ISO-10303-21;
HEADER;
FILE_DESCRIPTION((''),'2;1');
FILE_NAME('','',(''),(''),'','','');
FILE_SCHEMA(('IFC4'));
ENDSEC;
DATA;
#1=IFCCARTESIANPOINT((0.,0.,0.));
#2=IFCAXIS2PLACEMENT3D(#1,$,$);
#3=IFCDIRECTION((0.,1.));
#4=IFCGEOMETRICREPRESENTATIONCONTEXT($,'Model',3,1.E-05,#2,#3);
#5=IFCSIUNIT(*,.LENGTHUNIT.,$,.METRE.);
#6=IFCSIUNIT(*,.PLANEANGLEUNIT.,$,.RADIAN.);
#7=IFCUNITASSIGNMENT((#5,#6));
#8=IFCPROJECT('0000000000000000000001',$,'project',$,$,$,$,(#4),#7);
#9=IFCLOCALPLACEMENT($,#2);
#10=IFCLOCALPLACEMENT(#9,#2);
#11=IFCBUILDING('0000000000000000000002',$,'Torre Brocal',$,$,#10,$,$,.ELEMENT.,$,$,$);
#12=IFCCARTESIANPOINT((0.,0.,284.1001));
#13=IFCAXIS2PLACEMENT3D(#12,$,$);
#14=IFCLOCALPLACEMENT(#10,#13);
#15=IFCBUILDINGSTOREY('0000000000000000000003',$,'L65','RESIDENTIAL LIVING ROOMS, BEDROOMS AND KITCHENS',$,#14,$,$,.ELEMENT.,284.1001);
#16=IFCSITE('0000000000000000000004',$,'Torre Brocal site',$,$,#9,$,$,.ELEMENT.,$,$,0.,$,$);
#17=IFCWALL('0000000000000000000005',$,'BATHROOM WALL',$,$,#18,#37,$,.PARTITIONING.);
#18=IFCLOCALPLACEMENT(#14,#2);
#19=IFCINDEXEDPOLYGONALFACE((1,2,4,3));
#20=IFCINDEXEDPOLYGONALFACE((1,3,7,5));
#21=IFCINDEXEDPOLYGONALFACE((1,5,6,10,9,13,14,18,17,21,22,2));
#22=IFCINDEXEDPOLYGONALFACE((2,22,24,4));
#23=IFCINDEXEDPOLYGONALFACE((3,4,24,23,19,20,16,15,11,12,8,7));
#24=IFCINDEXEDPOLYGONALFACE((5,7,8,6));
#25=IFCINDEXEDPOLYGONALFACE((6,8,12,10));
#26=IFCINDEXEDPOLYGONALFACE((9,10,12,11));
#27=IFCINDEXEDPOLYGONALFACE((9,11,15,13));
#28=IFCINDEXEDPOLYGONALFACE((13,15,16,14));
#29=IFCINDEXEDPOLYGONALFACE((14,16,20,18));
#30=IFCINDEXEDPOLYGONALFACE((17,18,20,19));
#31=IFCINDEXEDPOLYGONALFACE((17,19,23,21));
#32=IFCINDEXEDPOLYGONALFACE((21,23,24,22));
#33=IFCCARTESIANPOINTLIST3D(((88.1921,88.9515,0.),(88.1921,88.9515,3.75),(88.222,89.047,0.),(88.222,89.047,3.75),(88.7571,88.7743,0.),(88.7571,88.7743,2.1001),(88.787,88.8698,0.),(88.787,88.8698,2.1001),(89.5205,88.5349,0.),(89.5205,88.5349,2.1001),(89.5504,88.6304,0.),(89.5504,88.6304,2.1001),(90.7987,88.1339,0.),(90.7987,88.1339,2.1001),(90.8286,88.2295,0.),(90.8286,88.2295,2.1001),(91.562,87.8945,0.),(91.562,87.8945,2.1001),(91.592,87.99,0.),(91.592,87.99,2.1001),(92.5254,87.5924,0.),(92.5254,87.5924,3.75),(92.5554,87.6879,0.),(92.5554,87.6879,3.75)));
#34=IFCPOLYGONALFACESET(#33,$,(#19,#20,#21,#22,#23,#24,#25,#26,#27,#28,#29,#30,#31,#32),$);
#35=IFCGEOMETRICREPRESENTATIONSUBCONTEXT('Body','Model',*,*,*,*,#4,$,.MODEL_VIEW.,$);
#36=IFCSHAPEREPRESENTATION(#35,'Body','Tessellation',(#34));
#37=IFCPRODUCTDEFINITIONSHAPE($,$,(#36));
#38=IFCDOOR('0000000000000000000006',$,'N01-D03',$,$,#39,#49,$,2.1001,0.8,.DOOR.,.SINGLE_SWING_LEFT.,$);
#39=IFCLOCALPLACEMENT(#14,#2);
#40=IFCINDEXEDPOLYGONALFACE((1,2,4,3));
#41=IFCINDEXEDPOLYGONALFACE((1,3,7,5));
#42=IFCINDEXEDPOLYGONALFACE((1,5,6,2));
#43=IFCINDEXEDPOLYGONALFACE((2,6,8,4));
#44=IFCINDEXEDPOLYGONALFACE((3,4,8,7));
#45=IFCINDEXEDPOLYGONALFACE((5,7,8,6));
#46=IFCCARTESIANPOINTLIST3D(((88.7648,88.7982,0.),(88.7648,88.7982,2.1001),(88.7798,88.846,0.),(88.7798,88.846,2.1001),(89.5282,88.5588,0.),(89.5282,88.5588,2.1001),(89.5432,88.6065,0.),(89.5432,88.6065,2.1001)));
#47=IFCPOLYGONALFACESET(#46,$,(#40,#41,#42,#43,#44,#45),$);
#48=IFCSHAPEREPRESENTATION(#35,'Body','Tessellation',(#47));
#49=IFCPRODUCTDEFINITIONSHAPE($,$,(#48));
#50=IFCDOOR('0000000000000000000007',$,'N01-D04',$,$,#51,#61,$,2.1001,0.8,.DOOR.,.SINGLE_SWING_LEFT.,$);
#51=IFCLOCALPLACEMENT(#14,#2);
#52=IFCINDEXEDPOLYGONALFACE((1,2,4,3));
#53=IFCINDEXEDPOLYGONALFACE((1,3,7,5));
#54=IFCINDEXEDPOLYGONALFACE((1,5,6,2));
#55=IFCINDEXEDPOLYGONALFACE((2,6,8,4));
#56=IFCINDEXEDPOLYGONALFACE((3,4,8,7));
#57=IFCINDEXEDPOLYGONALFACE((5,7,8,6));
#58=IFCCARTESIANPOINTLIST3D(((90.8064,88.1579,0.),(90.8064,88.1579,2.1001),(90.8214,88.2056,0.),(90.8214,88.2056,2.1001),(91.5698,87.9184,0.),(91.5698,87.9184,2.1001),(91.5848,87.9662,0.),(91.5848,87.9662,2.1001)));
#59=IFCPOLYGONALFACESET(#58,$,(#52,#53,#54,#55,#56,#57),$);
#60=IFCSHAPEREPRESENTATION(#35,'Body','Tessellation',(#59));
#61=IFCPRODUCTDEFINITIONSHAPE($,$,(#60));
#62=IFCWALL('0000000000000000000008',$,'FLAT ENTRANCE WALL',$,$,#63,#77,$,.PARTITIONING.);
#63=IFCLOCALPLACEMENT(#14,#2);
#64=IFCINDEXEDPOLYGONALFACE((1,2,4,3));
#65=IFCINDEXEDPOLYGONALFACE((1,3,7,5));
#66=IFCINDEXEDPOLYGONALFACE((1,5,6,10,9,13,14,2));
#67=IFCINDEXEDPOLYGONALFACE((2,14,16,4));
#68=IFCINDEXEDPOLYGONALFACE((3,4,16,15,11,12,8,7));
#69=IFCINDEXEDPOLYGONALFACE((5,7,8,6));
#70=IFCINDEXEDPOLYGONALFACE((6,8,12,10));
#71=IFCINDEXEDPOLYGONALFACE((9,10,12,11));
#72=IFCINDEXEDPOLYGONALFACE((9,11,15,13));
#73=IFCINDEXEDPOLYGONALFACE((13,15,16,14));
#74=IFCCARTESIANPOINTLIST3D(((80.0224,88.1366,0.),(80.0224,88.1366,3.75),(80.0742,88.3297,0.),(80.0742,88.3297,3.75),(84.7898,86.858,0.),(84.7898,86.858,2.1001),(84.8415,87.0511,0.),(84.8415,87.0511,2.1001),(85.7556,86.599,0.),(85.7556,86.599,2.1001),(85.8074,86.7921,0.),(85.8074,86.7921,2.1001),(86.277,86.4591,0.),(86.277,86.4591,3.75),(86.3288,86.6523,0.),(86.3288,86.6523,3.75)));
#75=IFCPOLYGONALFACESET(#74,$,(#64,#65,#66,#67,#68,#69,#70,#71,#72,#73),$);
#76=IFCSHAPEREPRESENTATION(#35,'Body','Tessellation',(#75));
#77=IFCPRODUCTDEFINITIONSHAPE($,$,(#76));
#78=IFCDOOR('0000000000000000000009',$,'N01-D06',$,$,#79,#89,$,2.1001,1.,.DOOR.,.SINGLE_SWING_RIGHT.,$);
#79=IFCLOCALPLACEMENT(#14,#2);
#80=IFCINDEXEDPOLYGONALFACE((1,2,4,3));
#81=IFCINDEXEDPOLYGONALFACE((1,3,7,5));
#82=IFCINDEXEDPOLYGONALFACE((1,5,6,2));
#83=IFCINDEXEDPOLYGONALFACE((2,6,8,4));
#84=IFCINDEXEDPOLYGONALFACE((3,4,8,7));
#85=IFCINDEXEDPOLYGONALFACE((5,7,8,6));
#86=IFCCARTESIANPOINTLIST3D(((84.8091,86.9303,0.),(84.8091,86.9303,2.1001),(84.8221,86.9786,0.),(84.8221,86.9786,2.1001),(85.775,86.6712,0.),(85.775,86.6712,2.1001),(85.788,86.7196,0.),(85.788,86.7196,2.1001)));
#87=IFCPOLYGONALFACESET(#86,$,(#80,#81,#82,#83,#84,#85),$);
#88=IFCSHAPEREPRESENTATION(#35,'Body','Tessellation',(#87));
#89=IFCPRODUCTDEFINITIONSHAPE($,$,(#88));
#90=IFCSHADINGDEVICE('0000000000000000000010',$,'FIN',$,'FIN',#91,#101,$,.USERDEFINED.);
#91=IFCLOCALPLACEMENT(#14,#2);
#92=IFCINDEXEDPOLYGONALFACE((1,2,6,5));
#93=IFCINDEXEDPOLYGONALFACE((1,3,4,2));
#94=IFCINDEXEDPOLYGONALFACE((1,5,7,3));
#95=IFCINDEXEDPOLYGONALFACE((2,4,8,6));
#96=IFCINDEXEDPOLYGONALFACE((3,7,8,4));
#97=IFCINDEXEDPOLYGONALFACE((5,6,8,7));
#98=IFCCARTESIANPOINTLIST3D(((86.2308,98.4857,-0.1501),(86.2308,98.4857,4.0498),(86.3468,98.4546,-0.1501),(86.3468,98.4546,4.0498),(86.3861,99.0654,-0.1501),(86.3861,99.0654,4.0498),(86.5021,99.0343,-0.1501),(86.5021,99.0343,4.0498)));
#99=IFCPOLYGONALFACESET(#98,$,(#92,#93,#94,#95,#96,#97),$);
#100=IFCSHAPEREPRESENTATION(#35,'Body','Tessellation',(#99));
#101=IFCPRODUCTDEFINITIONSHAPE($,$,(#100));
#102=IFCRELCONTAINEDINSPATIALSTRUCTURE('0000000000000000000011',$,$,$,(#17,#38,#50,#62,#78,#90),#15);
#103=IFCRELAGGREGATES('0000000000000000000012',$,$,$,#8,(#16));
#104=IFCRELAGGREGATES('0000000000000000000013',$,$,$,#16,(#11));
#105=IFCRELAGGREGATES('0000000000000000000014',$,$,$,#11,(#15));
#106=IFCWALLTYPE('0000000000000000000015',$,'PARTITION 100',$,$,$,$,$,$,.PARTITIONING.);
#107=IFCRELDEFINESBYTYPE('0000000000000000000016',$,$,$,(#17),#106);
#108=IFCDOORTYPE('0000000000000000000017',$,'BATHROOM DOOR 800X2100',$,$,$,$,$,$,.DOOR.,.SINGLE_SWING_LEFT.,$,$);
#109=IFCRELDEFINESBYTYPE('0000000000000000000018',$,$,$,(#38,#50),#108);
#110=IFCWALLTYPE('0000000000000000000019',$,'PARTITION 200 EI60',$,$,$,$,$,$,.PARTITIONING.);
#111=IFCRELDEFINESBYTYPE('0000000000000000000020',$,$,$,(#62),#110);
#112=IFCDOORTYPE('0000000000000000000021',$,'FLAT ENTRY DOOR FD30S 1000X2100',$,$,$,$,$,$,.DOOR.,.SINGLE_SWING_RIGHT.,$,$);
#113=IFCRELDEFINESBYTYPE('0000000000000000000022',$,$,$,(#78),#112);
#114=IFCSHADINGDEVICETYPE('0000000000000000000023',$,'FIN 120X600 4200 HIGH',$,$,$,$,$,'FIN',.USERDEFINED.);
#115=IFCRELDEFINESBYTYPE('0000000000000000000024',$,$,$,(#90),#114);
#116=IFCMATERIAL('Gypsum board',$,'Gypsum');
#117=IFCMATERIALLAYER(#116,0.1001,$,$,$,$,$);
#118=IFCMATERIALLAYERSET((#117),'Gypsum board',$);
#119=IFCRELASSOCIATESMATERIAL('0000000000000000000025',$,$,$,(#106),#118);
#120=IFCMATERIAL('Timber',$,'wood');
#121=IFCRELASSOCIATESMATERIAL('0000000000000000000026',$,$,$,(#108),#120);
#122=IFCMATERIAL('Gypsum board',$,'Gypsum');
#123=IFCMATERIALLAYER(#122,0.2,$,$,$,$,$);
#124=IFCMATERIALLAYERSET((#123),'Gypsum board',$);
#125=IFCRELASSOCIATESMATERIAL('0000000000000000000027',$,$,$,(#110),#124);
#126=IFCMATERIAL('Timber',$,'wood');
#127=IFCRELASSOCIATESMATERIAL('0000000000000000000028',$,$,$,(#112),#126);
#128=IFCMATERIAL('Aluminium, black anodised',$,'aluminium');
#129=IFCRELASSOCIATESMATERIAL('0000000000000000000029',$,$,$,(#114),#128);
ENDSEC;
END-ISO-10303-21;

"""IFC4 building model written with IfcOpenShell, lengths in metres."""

from ifc_helpers import new_model, si_unit, direction, frame, frame_2d, origin, origin_2d, place, context, subcontext, project, spatial, rectangle, extrude, material, layer, layer_set, material_profile, profile_set, type_object, element, fill, save


model = new_model("IFC4")

# Units and contexts
model_context = context("Model", 3, precision=1e-05, world=origin(), true_north=direction((0.0, 1.0)))
body_context = subcontext(model_context, "Body", "Model", "MODEL_VIEW")
ifc_project = project(units=[si_unit("LENGTHUNIT", "METRE"), si_unit("PLANEANGLEUNIT", "RADIAN")], contexts=[model_context])

# Site, building, storey
site_placement = place(None, origin())
site = spatial("IfcSite", under=ifc_project, at=site_placement, Name="Torre Brocal site", CompositionType="ELEMENT", RefElevation=0.0)
building_placement = place(site_placement, origin())
building = spatial("IfcBuilding", under=site, at=building_placement, Name="Torre Brocal", CompositionType="ELEMENT")
storey_placement = place(building_placement, frame((0.0, 0.0, 284.1001)))
storey = spatial("IfcBuildingStorey", under=building, at=storey_placement, Name="L65", Description="RESIDENTIAL LIVING ROOMS, BEDROOMS AND KITCHENS", CompositionType="ELEMENT", Elevation=284.1001)

# Shared definitions
ifc_material_1 = material(Name="Gypsum board", Category="Gypsum")
ifc_layer_1 = layer(ifc_material_1, 0.1001)
ifc_layer_set_1 = layer_set([ifc_layer_1], Name="Gypsum board")
wall_type_1 = type_object("IfcWallType", Name="PARTITION 100", PredefinedType="PARTITIONING", material=ifc_layer_set_1)

# Wall, openings, doors
ifc_material_2 = material(Name="Timber", Category="wood")
door_type_1 = type_object("IfcDoorType", Name="BATHROOM DOOR 800X2100", OperationType="SINGLE_SWING_LEFT", PredefinedType="DOOR", material=ifc_material_2)
wall_1_placement = place(storey_placement, frame((88.207, 88.9993, 0.0), z_axis=(0.0, 0.0, 1.0), x_axis=(0.954167, -0.299276, 0.0)))
wall_1 = element("IfcWall", 1, at=wall_1_placement, inside=storey, type_object=wall_type_1, Name="BATHROOM WALL", PredefinedType="PARTITIONING", context=body_context, shape_type="SweptSolid", body=[
    extrude(rectangle(XDim=4.5415, YDim=0.1001, at=frame_2d((2.2708, 0.0))), origin(), (0.0, 0.0, 1.0), 3.75),
])
opening_1_placement = place(wall_1_placement, frame((0.5923, 0.0, 0.0)))
opening_1 = element("IfcOpeningElement", 2, at=opening_1_placement, cuts=wall_1, PredefinedType="OPENING", context=body_context, shape_type="SweptSolid", body=[
    extrude(rectangle(XDim=0.8, YDim=2.1001, at=frame_2d((0.3999, 1.05))), frame((0.0, 0.0601, 0.0), z_axis=(0.0, -1.0, 0.0), x_axis=(1.0, 0.0, 0.0)), (0.0, 0.0, 1.0), 0.1201),
])
opening_2_placement = place(wall_1_placement, frame((2.7319, 0.0, 0.0)))
opening_2 = element("IfcOpeningElement", 3, at=opening_2_placement, cuts=wall_1, PredefinedType="OPENING", context=body_context, shape_type="SweptSolid", body=[
    extrude(rectangle(XDim=0.8, YDim=2.1001, at=frame_2d((0.3999, 1.05))), frame((0.0, 0.0601, 0.0), z_axis=(0.0, -1.0, 0.0), x_axis=(1.0, 0.0, 0.0)), (0.0, 0.0, 1.0), 0.1201),
])
door_1_placement = place(opening_1_placement, frame((0.8, 0.0, 0.0), z_axis=(0.0, 0.0, 1.0), x_axis=(-1.0, 0.0, 0.0)))
door_1 = element("IfcDoor", 4, at=door_1_placement, inside=storey, type_object=door_type_1, Name="N01-D03", OperationType="SINGLE_SWING_LEFT", OverallHeight=2.1001, OverallWidth=0.8, PredefinedType="DOOR", context=body_context, shape_type="SweptSolid", body=[
    extrude(rectangle(XDim=0.8, YDim=2.1001, at=frame_2d((0.3999, 1.05))), frame((0.0, 0.0249, 0.0), z_axis=(0.0, -1.0, 0.0), x_axis=(1.0, 0.0, 0.0)), (0.0, 0.0, 1.0), 0.05),
])
fill(opening_1, door_1)
door_2_placement = place(opening_2_placement, frame((0.8, 0.0, 0.0), z_axis=(0.0, 0.0, 1.0), x_axis=(-1.0, 0.0, 0.0)))
door_2 = element("IfcDoor", 5, at=door_2_placement, inside=storey, type_object=door_type_1, Name="N01-D04", OperationType="SINGLE_SWING_LEFT", OverallHeight=2.1001, OverallWidth=0.8, PredefinedType="DOOR", context=body_context, shape_type="SweptSolid", body=[
    extrude(rectangle(XDim=0.8, YDim=2.1001, at=frame_2d((0.3999, 1.05))), frame((0.0, 0.0249, 0.0), z_axis=(0.0, -1.0, 0.0), x_axis=(1.0, 0.0, 0.0)), (0.0, 0.0, 1.0), 0.05),
])
fill(opening_2, door_2)

# Wall, opening, door
ifc_material_3 = material(Name="Gypsum board", Category="Gypsum")
ifc_layer_2 = layer(ifc_material_3, 0.2)
ifc_layer_set_2 = layer_set([ifc_layer_2], Name="Gypsum board")
wall_type_2 = type_object("IfcWallType", Name="PARTITION 200 EI60", PredefinedType="PARTITIONING", material=ifc_layer_set_2)
wall_2_placement = place(storey_placement, frame((80.0483, 88.2332, 0.0), z_axis=(0.0, 0.0, 1.0), x_axis=(0.965865, -0.259045, 0.0)))
wall_2 = element("IfcWall", 6, at=wall_2_placement, inside=storey, type_object=wall_type_2, Name="FLAT ENTRANCE WALL", PredefinedType="PARTITIONING", context=body_context, shape_type="SweptSolid", body=[
    extrude(rectangle(XDim=6.4756, YDim=0.2, at=frame_2d((3.2378, 0.0))), origin(), (0.0, 0.0, 1.0), 3.75),
])
opening_3_placement = place(wall_2_placement, frame((4.9358, 0.0, 0.0)))
opening_3 = element("IfcOpeningElement", 7, at=opening_3_placement, cuts=wall_2, PredefinedType="OPENING", context=body_context, shape_type="SweptSolid", body=[
    extrude(rectangle(XDim=1.0, YDim=2.1001, at=frame_2d((0.5, 1.05))), frame((0.0, 0.1099, 0.0), z_axis=(0.0, -1.0, 0.0), x_axis=(1.0, 0.0, 0.0)), (0.0, 0.0, 1.0), 0.22),
])
ifc_material_4 = material(Name="Timber", Category="wood")
door_type_2 = type_object("IfcDoorType", Name="FLAT ENTRY DOOR FD30S 1000X2100", OperationType="SINGLE_SWING_RIGHT", PredefinedType="DOOR", material=ifc_material_4)
door_3_placement = place(opening_3_placement, origin())
door_3 = element("IfcDoor", 8, at=door_3_placement, inside=storey, type_object=door_type_2, Name="N01-D06", OperationType="SINGLE_SWING_RIGHT", OverallHeight=2.1001, OverallWidth=1.0, PredefinedType="DOOR", context=body_context, shape_type="SweptSolid", body=[
    extrude(rectangle(XDim=1.0, YDim=2.1001, at=frame_2d((0.5, 1.05))), frame((0.0, 0.0249, 0.0), z_axis=(0.0, -1.0, 0.0), x_axis=(1.0, 0.0, 0.0)), (0.0, 0.0, 1.0), 0.05),
])
fill(opening_3, door_3)

# Shading device
ifc_material_5 = material(Name="Aluminium, black anodised", Category="aluminium")
ifc_material_profile_1 = material_profile(ifc_material_5, rectangle(XDim=0.1201, YDim=0.6001, at=origin_2d()), Name="FIN 120X600 4200 HIGH")
ifc_profile_set_1 = profile_set([ifc_material_profile_1], Name="Aluminium, black anodised")
shading_device_type = type_object("IfcShadingDeviceType", Name="FIN 120X600 4200 HIGH", ElementType="FIN", PredefinedType="USERDEFINED", material=ifc_profile_set_1)
shading_device_placement = place(storey_placement, frame((86.3665, 98.76, -0.1501), z_axis=(0.0, 0.0, 1.0), x_axis=(-0.965926, 0.258819, 0.0)))
element("IfcShadingDevice", 9, at=shading_device_placement, inside=storey, type_object=shading_device_type, Name="FIN", ObjectType="FIN", PredefinedType="USERDEFINED", context=body_context, shape_type="SweptSolid", body=[
    extrude(rectangle(XDim=0.1201, YDim=0.6001, at=origin_2d()), origin(), (0.0, 0.0, 1.0), 4.2),
])

save(model, "model.ifc")
